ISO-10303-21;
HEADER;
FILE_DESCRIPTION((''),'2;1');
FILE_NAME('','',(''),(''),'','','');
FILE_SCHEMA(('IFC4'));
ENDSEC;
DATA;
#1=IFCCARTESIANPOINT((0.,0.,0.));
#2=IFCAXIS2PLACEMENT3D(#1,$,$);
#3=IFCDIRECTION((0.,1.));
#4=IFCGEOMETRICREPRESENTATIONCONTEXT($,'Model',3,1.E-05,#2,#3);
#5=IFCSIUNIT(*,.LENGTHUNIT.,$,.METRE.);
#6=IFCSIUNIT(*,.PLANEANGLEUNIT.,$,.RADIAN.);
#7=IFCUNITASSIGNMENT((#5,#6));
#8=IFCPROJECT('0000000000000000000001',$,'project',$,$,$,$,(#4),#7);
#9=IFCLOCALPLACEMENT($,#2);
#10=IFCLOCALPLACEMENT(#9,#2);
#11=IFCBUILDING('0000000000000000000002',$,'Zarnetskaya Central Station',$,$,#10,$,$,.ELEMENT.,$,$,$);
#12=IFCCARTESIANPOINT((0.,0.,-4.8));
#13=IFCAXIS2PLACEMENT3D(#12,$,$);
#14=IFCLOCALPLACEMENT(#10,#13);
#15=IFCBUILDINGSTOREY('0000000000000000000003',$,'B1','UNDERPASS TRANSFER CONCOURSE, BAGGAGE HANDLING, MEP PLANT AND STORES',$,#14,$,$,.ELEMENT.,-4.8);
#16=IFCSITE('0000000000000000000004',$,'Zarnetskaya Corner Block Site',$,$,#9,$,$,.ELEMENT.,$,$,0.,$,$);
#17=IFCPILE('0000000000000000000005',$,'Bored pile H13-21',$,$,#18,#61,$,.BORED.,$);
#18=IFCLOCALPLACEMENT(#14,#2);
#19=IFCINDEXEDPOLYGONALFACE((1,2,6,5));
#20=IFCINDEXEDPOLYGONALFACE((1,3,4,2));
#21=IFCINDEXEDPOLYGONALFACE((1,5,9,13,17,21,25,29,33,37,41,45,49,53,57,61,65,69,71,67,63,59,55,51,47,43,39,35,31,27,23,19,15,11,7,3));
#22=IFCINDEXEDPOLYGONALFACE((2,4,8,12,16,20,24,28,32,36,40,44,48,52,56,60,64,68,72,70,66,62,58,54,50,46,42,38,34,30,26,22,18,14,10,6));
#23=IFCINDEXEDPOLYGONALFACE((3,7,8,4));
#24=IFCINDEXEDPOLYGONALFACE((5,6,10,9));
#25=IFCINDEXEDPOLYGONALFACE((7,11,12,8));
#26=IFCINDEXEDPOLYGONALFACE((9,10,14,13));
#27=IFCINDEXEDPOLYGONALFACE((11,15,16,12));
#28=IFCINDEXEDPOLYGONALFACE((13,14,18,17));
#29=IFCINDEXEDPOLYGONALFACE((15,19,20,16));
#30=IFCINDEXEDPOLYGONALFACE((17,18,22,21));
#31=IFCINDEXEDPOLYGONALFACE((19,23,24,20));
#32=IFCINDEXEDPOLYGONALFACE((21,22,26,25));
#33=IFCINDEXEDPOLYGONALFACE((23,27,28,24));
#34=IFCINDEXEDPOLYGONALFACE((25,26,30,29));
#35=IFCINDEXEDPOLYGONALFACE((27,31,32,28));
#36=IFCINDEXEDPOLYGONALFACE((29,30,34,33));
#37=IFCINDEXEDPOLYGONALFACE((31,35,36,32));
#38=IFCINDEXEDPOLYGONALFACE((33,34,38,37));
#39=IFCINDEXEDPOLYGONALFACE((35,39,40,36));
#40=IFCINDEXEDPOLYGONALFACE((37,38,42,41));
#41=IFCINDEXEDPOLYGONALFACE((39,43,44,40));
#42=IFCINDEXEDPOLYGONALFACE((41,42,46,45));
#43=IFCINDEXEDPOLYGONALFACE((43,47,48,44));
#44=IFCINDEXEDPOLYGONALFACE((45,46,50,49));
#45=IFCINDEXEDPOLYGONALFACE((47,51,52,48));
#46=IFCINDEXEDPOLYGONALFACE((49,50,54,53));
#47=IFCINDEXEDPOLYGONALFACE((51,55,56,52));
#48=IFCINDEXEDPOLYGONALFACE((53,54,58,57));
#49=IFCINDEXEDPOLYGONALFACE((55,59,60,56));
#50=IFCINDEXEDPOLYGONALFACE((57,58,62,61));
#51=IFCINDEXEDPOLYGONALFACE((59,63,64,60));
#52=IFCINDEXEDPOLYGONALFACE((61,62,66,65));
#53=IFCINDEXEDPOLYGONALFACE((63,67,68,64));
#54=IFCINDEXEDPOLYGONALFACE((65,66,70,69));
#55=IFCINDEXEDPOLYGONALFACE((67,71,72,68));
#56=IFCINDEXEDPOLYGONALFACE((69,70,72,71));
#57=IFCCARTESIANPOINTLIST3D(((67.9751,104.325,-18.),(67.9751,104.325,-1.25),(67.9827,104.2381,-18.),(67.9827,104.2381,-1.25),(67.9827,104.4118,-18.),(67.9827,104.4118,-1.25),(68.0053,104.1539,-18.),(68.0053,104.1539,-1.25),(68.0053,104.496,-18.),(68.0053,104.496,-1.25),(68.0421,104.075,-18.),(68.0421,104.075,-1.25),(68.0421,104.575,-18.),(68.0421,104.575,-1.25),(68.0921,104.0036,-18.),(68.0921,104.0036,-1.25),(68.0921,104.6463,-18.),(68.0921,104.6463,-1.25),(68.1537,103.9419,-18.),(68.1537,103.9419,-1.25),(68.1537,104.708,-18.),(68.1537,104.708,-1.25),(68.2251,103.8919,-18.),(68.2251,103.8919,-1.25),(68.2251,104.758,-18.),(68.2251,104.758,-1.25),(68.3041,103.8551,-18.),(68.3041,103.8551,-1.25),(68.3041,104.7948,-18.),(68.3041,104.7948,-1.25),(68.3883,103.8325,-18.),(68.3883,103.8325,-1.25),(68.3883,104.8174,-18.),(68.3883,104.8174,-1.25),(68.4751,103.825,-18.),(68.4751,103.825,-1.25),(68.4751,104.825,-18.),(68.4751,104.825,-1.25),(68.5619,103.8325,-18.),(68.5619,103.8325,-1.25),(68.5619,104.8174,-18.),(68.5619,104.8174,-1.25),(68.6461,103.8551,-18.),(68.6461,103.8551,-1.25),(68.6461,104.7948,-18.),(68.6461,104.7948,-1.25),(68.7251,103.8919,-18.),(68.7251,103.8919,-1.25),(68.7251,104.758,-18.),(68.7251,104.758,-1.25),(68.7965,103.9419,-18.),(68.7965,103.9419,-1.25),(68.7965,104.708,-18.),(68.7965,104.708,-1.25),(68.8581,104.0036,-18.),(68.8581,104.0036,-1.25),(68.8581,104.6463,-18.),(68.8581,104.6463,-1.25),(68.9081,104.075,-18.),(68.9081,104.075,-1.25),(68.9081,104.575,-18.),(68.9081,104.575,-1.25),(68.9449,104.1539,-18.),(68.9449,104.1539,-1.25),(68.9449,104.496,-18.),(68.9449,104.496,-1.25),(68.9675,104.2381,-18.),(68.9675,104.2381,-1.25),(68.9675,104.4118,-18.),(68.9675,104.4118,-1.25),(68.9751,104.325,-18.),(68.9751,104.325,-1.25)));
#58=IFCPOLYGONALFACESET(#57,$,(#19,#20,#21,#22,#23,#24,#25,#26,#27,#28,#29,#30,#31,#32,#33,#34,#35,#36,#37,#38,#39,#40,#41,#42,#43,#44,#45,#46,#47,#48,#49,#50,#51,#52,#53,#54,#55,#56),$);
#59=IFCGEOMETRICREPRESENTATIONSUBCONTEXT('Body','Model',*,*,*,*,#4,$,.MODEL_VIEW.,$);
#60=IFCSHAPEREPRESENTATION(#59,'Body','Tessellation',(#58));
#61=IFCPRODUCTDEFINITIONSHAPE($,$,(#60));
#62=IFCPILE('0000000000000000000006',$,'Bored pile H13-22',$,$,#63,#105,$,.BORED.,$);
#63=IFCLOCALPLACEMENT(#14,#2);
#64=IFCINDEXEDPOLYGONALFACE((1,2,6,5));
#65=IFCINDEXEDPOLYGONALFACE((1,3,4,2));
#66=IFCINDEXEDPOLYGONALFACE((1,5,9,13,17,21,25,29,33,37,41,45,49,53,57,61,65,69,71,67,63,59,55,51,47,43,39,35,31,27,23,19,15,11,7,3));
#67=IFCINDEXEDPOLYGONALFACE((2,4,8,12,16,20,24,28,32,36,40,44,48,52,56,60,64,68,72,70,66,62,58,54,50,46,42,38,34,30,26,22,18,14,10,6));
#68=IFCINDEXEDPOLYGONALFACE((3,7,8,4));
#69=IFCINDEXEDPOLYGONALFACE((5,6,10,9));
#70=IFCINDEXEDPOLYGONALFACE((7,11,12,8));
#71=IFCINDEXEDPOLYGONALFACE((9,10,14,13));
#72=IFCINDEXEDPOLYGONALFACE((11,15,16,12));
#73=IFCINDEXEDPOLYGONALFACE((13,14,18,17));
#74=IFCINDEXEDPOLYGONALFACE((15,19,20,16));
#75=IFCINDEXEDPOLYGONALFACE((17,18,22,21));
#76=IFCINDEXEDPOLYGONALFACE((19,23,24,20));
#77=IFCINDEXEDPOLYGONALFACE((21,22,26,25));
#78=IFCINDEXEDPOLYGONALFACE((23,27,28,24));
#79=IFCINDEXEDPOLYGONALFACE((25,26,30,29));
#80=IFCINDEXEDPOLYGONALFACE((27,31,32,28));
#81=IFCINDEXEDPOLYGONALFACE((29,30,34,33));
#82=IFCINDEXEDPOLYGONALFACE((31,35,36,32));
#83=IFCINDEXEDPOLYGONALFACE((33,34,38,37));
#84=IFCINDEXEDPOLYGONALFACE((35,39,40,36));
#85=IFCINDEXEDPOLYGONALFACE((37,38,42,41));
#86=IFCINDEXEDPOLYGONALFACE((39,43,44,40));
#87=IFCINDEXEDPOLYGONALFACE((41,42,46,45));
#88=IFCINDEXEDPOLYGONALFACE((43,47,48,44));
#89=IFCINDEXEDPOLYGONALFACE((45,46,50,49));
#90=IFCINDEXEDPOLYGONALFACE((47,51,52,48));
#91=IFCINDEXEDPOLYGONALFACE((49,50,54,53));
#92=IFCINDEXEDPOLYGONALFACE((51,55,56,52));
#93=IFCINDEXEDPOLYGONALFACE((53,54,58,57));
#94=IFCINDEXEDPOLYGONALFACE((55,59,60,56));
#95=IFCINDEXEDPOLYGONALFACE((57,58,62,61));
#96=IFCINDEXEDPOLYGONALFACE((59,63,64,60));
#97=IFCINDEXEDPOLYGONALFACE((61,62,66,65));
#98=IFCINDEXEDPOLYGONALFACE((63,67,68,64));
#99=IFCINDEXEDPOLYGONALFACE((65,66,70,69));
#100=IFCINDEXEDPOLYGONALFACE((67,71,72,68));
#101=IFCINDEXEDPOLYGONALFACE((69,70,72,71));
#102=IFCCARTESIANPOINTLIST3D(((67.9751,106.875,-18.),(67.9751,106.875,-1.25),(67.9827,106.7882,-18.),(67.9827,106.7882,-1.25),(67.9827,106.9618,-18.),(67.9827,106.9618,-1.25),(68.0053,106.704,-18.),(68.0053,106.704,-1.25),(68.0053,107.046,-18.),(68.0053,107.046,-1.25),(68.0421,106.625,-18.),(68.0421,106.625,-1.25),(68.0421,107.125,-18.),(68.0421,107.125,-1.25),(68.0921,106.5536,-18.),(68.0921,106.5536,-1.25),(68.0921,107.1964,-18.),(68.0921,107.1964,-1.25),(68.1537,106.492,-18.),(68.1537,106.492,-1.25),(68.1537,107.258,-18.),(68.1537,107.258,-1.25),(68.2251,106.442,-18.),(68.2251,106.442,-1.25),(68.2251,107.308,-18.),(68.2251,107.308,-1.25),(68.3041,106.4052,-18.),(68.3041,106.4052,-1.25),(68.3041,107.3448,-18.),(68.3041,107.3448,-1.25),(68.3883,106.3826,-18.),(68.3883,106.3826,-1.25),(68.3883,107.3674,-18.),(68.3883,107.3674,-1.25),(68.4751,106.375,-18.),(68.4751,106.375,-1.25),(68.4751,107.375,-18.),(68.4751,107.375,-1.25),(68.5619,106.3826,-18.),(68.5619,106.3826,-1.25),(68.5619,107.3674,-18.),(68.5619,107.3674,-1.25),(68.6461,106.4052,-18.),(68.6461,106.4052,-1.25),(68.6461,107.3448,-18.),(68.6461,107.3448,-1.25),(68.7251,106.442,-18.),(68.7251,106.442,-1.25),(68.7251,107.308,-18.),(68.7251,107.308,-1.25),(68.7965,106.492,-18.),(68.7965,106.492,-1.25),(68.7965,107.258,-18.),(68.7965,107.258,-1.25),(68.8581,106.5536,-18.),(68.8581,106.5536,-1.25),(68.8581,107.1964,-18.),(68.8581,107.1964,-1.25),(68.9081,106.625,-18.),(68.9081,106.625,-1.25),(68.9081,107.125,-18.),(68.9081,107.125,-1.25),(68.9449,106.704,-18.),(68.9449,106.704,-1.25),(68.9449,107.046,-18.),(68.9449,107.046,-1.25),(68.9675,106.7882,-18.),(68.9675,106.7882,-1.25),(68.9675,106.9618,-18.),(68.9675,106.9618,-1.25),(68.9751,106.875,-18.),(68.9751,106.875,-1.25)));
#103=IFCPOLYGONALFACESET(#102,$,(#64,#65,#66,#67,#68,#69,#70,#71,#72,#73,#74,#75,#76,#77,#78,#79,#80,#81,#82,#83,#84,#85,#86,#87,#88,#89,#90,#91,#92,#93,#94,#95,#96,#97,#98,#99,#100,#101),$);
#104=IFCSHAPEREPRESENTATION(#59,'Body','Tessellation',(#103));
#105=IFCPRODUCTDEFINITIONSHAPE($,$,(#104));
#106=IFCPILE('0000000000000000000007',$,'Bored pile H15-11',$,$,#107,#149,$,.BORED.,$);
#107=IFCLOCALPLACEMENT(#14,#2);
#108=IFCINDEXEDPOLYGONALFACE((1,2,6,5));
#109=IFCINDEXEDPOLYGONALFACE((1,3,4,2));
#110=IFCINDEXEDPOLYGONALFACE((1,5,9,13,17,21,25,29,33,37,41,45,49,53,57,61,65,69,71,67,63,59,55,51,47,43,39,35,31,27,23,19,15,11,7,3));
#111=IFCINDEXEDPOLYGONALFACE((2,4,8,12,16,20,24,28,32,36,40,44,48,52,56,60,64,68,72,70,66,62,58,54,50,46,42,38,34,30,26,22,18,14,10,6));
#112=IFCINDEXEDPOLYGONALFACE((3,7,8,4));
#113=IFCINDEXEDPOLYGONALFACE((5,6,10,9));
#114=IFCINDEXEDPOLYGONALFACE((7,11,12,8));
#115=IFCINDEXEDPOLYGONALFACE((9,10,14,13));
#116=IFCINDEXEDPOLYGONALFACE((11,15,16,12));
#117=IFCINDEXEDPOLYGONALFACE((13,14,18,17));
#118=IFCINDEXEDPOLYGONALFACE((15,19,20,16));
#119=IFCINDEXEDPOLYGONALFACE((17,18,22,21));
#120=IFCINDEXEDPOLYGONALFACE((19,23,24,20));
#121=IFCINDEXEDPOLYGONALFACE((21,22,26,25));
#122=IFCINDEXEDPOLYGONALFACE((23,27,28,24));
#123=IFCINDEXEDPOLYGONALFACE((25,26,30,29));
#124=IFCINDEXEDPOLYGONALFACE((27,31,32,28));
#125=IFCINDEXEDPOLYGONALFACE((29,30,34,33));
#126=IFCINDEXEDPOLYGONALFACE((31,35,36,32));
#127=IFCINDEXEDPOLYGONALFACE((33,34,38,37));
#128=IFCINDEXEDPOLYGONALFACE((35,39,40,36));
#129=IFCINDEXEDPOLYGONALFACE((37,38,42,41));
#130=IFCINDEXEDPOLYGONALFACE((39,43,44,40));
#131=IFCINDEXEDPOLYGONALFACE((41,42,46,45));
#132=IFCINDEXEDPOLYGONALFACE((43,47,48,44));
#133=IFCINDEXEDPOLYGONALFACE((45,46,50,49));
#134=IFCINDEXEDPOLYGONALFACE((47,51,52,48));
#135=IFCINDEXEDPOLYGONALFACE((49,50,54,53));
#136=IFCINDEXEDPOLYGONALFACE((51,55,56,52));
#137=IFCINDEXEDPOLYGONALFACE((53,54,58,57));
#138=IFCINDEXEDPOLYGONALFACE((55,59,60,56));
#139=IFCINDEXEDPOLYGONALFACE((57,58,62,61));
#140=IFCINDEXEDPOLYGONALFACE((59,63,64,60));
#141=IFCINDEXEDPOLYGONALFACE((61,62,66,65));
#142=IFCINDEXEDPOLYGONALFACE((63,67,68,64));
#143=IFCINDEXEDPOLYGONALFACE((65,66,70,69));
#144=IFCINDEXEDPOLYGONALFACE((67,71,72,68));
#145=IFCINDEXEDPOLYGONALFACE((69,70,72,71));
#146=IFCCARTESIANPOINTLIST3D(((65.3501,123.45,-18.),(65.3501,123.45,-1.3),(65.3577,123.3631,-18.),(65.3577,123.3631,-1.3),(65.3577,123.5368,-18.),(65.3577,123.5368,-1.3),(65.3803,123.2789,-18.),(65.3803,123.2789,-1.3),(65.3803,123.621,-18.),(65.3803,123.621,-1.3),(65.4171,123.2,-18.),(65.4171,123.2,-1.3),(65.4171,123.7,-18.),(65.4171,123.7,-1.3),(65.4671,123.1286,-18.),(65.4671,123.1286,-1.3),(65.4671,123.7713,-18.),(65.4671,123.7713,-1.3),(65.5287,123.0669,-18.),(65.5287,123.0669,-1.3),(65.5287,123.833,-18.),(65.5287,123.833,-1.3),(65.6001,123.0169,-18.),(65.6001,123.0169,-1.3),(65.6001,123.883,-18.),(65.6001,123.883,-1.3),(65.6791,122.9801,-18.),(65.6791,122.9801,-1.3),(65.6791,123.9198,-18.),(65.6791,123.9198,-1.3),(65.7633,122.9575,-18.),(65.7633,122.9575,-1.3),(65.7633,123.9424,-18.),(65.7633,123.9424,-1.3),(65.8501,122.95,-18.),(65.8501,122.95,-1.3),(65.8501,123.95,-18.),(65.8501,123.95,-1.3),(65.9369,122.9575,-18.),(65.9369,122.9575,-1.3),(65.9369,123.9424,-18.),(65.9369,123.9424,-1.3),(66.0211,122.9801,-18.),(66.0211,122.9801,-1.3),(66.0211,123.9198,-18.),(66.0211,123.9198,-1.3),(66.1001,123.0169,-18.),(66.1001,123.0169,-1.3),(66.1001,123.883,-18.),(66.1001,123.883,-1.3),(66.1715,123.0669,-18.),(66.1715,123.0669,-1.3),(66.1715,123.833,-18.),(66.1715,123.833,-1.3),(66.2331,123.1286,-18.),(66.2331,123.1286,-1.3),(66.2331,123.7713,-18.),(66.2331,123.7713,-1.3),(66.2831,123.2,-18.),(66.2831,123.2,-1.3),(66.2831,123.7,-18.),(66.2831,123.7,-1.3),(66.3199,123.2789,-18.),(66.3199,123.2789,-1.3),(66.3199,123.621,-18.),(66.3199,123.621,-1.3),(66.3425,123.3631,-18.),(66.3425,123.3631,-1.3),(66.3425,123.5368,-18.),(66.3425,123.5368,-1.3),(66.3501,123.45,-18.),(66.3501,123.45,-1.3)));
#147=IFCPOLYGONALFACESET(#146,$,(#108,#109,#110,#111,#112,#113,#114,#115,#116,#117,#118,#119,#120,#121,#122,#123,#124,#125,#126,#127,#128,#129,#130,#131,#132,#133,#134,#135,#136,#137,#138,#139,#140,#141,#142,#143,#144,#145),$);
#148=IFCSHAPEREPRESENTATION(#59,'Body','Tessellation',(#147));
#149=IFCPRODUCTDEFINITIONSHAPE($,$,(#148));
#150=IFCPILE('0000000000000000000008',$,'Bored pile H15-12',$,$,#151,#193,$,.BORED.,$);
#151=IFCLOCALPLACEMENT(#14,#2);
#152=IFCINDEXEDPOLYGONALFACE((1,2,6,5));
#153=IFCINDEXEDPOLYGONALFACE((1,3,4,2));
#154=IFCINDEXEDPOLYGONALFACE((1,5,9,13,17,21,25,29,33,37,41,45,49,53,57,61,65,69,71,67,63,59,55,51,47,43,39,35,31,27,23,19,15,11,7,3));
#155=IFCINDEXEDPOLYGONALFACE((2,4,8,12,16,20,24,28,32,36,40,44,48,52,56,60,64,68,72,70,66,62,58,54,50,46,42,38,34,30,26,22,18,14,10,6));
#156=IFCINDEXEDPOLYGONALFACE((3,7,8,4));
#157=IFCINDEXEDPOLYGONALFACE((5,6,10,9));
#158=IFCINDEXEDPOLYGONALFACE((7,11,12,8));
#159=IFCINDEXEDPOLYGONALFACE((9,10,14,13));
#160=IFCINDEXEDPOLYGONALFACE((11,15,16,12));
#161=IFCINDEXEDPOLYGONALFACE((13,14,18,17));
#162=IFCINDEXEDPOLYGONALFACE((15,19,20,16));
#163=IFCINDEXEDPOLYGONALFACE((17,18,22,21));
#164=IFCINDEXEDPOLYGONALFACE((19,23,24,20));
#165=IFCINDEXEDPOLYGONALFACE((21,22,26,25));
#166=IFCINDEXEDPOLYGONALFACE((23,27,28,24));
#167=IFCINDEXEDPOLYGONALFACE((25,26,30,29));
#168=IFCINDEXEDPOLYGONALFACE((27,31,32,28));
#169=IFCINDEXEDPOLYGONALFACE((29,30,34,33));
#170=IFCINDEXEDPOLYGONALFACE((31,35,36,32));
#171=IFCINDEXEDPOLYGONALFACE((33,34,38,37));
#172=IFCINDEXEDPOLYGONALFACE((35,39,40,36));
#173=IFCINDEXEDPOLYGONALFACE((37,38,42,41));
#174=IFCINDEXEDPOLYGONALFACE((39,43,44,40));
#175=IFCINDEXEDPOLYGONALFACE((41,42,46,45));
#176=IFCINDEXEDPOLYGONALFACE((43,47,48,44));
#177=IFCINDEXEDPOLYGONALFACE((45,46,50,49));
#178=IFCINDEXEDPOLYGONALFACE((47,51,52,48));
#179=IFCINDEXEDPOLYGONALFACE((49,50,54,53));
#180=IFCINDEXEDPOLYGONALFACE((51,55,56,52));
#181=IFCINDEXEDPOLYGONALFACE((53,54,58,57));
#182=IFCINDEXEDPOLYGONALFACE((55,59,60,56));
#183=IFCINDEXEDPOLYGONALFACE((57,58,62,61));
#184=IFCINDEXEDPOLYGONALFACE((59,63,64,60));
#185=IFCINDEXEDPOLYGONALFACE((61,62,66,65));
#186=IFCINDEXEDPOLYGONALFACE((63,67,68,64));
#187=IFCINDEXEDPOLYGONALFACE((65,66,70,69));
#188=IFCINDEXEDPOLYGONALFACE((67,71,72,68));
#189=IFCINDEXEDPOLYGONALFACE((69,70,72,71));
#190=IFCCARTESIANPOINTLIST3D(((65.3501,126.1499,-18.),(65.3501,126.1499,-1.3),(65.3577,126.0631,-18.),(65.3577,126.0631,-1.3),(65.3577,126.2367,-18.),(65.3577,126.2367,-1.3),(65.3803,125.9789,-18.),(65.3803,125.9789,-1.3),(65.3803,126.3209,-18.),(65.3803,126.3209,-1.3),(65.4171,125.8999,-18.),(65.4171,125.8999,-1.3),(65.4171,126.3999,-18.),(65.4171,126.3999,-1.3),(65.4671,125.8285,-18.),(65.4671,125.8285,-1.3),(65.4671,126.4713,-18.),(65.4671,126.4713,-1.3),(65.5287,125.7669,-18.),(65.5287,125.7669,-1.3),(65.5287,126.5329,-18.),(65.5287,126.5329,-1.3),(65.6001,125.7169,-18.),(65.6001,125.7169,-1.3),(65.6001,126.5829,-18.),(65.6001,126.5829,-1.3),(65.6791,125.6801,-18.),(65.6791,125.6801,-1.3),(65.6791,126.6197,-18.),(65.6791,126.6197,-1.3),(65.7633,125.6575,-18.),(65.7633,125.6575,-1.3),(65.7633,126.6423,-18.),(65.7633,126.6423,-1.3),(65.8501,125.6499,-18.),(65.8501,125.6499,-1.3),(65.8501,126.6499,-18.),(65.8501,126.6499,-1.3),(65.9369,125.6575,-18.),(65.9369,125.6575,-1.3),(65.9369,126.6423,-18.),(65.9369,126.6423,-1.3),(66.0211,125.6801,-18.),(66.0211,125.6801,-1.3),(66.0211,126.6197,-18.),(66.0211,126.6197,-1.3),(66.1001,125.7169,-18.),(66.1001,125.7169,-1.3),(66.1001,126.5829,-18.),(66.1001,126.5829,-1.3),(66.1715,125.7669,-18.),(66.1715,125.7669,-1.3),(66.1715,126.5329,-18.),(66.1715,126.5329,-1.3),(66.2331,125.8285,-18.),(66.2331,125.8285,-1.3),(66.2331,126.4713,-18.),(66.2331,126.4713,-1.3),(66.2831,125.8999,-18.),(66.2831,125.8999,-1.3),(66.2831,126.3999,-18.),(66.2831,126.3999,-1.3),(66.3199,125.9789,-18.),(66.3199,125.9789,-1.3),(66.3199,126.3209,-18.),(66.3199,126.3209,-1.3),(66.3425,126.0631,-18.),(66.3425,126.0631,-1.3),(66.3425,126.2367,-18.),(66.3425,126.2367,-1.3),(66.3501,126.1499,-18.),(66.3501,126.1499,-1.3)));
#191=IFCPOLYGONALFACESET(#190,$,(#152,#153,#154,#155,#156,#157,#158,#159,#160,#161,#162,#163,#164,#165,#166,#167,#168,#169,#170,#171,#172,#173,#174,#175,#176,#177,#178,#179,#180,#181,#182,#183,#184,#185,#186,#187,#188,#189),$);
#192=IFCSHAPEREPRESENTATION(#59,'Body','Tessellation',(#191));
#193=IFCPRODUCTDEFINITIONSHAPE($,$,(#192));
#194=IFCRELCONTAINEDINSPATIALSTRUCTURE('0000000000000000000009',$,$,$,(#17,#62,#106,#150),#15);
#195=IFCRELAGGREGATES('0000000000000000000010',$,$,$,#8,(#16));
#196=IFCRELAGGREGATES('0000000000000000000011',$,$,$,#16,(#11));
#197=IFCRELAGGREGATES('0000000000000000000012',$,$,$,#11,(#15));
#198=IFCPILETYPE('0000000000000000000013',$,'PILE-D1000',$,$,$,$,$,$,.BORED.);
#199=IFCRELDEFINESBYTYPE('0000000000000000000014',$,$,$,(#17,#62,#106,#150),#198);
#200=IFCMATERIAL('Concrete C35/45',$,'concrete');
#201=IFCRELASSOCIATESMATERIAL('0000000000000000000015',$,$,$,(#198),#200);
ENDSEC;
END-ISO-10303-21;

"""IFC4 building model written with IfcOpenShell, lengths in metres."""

from ifc_helpers import new_model, si_unit, direction, frame, origin, origin_2d, place, context, subcontext, project, spatial, circle, extrude, material, material_profile, profile_set, type_object, element, save


model = new_model("IFC4")

# Units and contexts
model_context = context("Model", 3, precision=1e-05, world=origin(), true_north=direction((0.0, 1.0)))
body_context = subcontext(model_context, "Body", "Model", "MODEL_VIEW")
ifc_project = project(units=[si_unit("LENGTHUNIT", "METRE"), si_unit("PLANEANGLEUNIT", "RADIAN")], contexts=[model_context])

# Site, building, storey
site_placement = place(None, origin())
site = spatial("IfcSite", under=ifc_project, at=site_placement, Name="Zarnetskaya Corner Block Site", CompositionType="ELEMENT", RefElevation=0.0)
building_placement = place(site_placement, origin())
building = spatial("IfcBuilding", under=site, at=building_placement, Name="Zarnetskaya Central Station", CompositionType="ELEMENT")
storey_placement = place(building_placement, frame((0.0, 0.0, -4.8)))
storey = spatial("IfcBuildingStorey", under=building, at=storey_placement, Name="B1", Description="UNDERPASS TRANSFER CONCOURSE, BAGGAGE HANDLING, MEP PLANT AND STORES", CompositionType="ELEMENT", Elevation=-4.8)

# Shared definitions
ifc_material = material(Name="Concrete C35/45", Category="concrete")

# Piles
ifc_material_profile_1 = material_profile(ifc_material, circle(Radius=0.5, at=origin_2d()), Name="BORED PILE D1000")
ifc_profile_set_1 = profile_set([ifc_material_profile_1], Name="Concrete C35/45")
pile_type_1 = type_object("IfcPileType", Name="PILE-D1000", PredefinedType="BORED", material=ifc_profile_set_1)
for number, where, z_axis, x_axis, name in (
    (1, (68.4751, 104.325, -1.25), (0.0, 0.0, -1.0), (1.0, 0.0, 0.0), "Bored pile H13-21"),
    (2, (68.4751, 106.875, -1.25), (0.0, 0.0, -1.0), (1.0, 0.0, 0.0), "Bored pile H13-22"),
):
    element("IfcPile", number, at=place(storey_placement, frame(where, z_axis=z_axis, x_axis=x_axis)), inside=storey, type_object=pile_type_1, Name=name, PredefinedType="BORED", context=body_context, shape_type="SweptSolid", body=[
        extrude(circle(Radius=0.5, at=origin_2d()), origin(), (0.0, 0.0, 1.0), 16.75),
    ])
for number, where, z_axis, x_axis, name in (
    (3, (65.8501, 123.45, -1.3), (0.0, 0.0, -1.0), (1.0, 0.0, 0.0), "Bored pile H15-11"),
    (4, (65.8501, 126.1499, -1.3), (0.0, 0.0, -1.0), (1.0, 0.0, 0.0), "Bored pile H15-12"),
):
    element("IfcPile", number, at=place(storey_placement, frame(where, z_axis=z_axis, x_axis=x_axis)), inside=storey, type_object=pile_type_1, Name=name, PredefinedType="BORED", context=body_context, shape_type="SweptSolid", body=[
        extrude(circle(Radius=0.5, at=origin_2d()), origin(), (0.0, 0.0, 1.0), 16.7),
    ])

save(model, "model.ifc")
